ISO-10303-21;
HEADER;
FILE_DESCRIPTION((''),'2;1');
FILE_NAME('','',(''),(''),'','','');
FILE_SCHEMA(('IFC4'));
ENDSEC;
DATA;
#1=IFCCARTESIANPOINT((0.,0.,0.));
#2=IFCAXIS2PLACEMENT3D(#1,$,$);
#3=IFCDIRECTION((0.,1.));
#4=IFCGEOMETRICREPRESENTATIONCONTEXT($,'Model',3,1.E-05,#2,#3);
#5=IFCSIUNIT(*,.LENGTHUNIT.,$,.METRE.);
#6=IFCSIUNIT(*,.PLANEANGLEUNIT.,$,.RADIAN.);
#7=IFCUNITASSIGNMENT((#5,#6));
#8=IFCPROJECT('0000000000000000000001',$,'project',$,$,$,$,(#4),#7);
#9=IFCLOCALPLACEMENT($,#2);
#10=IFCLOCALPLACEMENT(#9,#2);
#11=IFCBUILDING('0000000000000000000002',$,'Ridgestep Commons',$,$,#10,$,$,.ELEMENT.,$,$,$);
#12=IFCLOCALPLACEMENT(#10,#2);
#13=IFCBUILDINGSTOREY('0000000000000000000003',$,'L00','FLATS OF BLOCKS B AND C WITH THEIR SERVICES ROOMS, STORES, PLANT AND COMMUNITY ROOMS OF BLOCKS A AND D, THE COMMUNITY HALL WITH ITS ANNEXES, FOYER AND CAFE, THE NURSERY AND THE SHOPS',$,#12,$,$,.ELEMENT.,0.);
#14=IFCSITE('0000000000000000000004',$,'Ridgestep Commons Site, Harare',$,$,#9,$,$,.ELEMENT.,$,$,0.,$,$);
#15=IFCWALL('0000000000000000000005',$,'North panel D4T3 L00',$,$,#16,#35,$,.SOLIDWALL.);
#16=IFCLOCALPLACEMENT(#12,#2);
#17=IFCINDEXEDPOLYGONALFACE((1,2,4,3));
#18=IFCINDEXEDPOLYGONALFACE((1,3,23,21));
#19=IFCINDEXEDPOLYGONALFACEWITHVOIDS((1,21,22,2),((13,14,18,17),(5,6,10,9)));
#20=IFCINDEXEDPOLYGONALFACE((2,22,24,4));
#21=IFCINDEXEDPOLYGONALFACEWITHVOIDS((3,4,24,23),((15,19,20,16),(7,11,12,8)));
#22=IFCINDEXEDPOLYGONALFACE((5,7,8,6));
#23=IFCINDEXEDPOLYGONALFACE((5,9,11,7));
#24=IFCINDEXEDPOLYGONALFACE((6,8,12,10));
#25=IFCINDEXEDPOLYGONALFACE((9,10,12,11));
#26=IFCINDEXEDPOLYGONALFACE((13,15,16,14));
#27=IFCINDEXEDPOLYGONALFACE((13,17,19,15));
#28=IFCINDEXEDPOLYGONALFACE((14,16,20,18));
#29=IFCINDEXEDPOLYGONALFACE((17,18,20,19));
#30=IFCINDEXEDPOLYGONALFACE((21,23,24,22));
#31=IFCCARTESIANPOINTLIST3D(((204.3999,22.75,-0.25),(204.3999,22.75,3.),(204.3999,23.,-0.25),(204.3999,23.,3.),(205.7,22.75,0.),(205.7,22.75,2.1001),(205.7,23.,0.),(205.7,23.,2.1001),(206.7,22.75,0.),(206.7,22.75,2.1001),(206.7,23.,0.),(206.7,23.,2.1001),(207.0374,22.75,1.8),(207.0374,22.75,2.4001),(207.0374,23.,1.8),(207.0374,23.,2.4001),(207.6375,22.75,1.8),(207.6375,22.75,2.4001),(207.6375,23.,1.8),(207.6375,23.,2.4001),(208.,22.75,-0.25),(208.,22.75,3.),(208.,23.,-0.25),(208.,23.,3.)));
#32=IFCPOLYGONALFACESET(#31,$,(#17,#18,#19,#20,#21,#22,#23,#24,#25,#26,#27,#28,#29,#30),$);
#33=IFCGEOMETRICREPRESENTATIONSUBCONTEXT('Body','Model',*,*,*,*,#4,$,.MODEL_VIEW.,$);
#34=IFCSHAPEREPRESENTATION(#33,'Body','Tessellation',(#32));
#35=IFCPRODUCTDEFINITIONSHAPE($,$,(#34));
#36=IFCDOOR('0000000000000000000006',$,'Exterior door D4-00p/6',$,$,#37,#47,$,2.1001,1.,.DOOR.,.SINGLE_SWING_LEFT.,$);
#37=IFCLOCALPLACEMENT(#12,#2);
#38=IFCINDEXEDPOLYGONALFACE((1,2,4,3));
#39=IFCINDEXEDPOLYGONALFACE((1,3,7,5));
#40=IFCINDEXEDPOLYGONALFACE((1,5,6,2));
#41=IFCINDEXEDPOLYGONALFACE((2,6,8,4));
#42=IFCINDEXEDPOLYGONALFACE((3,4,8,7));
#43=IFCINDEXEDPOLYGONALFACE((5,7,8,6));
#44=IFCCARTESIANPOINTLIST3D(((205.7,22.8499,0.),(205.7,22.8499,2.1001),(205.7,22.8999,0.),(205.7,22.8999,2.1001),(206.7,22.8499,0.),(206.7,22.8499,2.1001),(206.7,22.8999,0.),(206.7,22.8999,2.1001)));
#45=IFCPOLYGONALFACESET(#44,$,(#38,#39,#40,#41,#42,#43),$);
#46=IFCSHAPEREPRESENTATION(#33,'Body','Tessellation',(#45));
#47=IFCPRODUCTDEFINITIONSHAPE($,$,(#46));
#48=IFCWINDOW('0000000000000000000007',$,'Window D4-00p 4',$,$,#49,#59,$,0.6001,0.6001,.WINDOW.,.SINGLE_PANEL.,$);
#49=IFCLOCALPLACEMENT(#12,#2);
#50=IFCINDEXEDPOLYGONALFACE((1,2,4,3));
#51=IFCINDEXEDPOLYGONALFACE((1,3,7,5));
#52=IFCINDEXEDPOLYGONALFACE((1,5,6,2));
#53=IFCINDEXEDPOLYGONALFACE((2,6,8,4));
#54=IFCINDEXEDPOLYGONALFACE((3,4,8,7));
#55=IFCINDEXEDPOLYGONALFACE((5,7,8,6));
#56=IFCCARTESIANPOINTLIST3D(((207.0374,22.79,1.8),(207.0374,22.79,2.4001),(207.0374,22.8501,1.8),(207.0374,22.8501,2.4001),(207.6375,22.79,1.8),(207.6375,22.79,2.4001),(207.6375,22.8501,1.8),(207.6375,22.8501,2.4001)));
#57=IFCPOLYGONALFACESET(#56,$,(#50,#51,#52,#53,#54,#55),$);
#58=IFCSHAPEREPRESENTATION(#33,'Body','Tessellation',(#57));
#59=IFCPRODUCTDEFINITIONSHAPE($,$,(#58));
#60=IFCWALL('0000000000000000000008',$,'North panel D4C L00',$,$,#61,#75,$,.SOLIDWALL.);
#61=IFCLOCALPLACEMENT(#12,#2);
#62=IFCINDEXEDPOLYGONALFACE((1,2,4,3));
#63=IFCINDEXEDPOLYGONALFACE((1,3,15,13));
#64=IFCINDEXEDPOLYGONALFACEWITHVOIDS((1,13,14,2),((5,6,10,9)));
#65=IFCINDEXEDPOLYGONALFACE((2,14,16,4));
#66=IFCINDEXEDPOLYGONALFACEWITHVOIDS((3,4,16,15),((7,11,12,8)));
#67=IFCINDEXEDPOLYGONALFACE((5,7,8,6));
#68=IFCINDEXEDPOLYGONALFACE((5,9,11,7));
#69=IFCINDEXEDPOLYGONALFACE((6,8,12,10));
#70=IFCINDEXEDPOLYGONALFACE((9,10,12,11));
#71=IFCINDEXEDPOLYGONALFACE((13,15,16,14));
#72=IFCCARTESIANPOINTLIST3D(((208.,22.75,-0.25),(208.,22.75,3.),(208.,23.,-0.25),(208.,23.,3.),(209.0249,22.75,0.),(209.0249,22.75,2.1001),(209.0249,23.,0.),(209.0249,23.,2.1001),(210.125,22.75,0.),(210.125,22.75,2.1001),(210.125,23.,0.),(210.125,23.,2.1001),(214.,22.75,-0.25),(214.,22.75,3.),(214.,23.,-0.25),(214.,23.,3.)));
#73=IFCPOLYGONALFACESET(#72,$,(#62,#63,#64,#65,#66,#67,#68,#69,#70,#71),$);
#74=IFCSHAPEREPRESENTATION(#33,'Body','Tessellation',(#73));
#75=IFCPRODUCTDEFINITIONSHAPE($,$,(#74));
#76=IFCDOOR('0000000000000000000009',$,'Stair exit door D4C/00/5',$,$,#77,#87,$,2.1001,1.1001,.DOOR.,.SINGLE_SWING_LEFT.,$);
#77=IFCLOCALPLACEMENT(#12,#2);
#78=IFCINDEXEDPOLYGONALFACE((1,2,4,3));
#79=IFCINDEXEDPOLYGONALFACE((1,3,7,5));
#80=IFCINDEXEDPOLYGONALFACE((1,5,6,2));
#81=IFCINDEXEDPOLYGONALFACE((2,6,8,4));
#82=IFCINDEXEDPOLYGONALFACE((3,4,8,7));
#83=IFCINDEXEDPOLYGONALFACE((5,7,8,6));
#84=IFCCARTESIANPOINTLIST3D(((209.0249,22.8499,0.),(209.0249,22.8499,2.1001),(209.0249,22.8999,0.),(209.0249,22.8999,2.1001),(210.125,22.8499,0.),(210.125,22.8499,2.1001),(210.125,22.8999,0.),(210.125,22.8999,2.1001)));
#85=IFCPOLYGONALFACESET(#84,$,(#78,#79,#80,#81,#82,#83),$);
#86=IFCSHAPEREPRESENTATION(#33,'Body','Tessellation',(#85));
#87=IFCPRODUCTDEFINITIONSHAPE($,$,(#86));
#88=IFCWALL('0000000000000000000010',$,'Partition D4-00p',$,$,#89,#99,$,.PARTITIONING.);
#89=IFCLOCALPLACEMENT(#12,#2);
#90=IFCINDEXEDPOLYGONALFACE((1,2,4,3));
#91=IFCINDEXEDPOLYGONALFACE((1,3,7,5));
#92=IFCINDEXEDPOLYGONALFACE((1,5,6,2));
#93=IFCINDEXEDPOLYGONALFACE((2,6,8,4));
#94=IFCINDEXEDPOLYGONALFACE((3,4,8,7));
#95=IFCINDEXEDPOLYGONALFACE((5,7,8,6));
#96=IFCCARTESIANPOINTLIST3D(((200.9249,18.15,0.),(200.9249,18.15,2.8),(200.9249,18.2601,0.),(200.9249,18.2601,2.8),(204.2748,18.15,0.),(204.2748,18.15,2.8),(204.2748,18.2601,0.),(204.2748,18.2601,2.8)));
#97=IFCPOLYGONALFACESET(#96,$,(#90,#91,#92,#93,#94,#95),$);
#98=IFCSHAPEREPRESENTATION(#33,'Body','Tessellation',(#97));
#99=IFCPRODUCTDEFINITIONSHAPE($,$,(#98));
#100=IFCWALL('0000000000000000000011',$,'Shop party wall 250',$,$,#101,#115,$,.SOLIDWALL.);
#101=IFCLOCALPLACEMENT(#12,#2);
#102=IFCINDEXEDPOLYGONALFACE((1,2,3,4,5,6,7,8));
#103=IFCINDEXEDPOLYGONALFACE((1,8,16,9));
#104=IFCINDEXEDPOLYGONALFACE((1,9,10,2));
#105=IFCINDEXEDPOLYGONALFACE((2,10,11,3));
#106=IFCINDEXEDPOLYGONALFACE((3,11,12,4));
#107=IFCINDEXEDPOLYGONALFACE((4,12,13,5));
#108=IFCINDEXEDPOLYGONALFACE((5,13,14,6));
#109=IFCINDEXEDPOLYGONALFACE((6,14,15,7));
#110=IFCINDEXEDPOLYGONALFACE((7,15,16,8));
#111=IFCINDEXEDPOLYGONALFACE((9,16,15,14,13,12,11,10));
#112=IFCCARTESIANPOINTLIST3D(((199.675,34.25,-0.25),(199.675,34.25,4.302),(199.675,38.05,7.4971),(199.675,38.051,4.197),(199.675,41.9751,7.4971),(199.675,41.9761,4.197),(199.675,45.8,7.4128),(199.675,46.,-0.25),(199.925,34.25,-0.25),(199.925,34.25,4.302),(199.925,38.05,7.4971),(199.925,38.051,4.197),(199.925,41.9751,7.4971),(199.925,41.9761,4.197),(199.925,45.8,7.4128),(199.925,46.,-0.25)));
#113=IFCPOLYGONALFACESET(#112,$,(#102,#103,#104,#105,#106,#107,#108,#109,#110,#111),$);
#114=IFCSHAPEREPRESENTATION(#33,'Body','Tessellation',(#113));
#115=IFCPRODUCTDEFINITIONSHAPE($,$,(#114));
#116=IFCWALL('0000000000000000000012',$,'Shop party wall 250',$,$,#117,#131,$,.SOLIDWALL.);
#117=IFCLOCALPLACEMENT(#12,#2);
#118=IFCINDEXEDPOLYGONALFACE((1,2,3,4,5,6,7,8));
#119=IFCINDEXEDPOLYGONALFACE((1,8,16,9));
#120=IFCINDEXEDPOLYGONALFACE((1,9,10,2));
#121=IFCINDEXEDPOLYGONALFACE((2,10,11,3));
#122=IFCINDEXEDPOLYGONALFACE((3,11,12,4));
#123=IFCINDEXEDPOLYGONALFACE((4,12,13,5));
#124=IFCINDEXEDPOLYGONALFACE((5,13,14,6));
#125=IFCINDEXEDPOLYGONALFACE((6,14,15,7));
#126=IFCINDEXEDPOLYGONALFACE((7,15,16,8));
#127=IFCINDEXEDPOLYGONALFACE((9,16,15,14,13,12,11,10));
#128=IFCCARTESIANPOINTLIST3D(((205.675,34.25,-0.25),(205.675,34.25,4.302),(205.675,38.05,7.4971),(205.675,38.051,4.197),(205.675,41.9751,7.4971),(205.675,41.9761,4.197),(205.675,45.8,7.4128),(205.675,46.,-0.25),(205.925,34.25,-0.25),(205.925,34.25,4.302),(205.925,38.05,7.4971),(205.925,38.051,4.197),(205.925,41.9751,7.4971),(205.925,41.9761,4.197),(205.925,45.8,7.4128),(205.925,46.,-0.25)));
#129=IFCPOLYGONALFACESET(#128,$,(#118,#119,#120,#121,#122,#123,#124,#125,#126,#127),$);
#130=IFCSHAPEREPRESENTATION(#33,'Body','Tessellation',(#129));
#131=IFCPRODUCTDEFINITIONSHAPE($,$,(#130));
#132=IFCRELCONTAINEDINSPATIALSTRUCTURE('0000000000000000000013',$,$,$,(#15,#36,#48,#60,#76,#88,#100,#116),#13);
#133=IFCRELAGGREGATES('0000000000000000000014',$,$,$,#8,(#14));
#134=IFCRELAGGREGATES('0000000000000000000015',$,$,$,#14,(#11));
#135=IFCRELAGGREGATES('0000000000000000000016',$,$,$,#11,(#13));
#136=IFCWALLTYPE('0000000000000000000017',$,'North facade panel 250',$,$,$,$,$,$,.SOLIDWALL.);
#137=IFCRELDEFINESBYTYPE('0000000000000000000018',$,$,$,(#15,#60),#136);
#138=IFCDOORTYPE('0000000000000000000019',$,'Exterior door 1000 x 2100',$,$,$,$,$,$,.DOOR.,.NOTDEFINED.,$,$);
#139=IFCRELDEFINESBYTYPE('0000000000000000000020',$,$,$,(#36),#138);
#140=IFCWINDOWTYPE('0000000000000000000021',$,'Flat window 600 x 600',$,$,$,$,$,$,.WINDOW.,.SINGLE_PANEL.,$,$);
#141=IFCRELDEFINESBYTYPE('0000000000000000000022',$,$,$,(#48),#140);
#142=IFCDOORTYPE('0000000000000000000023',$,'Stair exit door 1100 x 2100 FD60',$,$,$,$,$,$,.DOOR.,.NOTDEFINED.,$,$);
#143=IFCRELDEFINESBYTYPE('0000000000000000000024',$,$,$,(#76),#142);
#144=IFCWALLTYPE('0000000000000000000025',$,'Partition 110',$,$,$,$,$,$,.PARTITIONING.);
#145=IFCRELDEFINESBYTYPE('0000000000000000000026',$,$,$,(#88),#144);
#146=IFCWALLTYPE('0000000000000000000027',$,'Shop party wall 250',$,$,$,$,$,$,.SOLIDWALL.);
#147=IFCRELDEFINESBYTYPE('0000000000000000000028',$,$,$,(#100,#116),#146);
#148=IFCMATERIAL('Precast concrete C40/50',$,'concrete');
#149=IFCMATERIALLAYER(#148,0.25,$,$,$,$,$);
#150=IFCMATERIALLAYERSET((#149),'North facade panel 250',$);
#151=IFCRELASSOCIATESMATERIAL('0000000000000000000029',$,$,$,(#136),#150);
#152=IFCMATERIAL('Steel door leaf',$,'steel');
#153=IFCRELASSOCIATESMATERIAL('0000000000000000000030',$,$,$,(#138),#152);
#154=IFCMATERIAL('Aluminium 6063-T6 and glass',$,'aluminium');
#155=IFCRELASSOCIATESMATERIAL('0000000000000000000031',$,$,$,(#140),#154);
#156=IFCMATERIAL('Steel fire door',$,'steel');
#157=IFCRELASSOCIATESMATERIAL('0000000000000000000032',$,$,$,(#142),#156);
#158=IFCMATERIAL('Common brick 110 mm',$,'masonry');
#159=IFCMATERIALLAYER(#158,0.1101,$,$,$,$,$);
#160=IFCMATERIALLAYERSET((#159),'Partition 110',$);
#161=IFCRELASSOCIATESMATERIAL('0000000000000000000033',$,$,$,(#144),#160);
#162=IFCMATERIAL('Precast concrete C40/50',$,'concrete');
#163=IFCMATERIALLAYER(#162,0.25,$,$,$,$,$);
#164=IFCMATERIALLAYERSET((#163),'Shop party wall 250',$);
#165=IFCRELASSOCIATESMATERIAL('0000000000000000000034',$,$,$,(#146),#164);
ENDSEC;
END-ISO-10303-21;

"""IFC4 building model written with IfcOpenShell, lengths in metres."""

from ifc_helpers import new_model, si_unit, direction, frame, frame_2d, origin, place, context, subcontext, project, spatial, polyline, rectangle, outline, extrude, material, layer, layer_set, type_object, element, fill, save


model = new_model("IFC4")

# Units and contexts
model_context = context("Model", 3, precision=1e-05, world=origin(), true_north=direction((0.0, 1.0)))
body_context = subcontext(model_context, "Body", "Model", "MODEL_VIEW")
ifc_project = project(units=[si_unit("LENGTHUNIT", "METRE"), si_unit("PLANEANGLEUNIT", "RADIAN")], contexts=[model_context])

# Site, building, storey
site_placement = place(None, origin())
site = spatial("IfcSite", under=ifc_project, at=site_placement, Name="Ridgestep Commons Site, Harare", CompositionType="ELEMENT", RefElevation=0.0)
building_placement = place(site_placement, origin())
building = spatial("IfcBuilding", under=site, at=building_placement, Name="Ridgestep Commons", CompositionType="ELEMENT")
storey_placement = place(building_placement, origin())
storey = spatial("IfcBuildingStorey", under=building, at=storey_placement, Name="L00", Description="FLATS OF BLOCKS B AND C WITH THEIR SERVICES ROOMS, STORES, PLANT AND COMMUNITY ROOMS OF BLOCKS A AND D, THE COMMUNITY HALL WITH ITS ANNEXES, FOYER AND CAFE, THE NURSERY AND THE SHOPS", CompositionType="ELEMENT", Elevation=0.0)

# Shared definitions
ifc_material_1 = material(Name="Precast concrete C40/50", Category="concrete")
ifc_layer_1 = layer(ifc_material_1, 0.25)
ifc_layer_set_1 = layer_set([ifc_layer_1], Name="North facade panel 250")
wall_type_1 = type_object("IfcWallType", Name="North facade panel 250", PredefinedType="SOLIDWALL", material=ifc_layer_set_1)
ifc_material_2 = material(Name="Steel door leaf", Category="steel")
door_type_1 = type_object("IfcDoorType", Name="Exterior door 1000 x 2100", OperationType="NOTDEFINED", PredefinedType="DOOR", material=ifc_material_2)
ifc_material_3 = material(Name="Aluminium 6063-T6 and glass", Category="aluminium")
window_type = type_object("IfcWindowType", Name="Flat window 600 x 600", PartitioningType="SINGLE_PANEL", PredefinedType="WINDOW", material=ifc_material_3)

# Wall, openings, door, window
wall_1_placement = place(storey_placement, frame((204.3999, 22.875, -0.25), z_axis=(0.0, 0.0, 1.0), x_axis=(1.0, 0.0, 0.0)))
wall_1 = element("IfcWall", 1, at=wall_1_placement, inside=storey, type_object=wall_type_1, Name="North panel D4T3 L00", PredefinedType="SOLIDWALL", context=body_context, shape_type="SweptSolid", body=[
    extrude(rectangle(XDim=3.6001, YDim=0.25, at=frame_2d((1.8, 0.0))), origin(), (0.0, 0.0, 1.0), 3.25),
])
opening_1_placement = place(wall_1_placement, frame((2.6375, 0.0, 2.05)))
opening_1 = element("IfcOpeningElement", 2, at=opening_1_placement, cuts=wall_1, PredefinedType="OPENING", context=body_context, shape_type="SweptSolid", body=[
    extrude(rectangle(XDim=0.6001, YDim=0.6001, at=frame_2d((0.3, 0.3))), frame((0.0, 0.135, 0.0), z_axis=(0.0, -1.0, 0.0), x_axis=(1.0, 0.0, 0.0)), (0.0, 0.0, 1.0), 0.27),
])
opening_2_placement = place(wall_1_placement, frame((1.3, 0.0, 0.25)))
opening_2 = element("IfcOpeningElement", 3, at=opening_2_placement, cuts=wall_1, PredefinedType="OPENING", context=body_context, shape_type="SweptSolid", body=[
    extrude(rectangle(XDim=1.0, YDim=2.1001, at=frame_2d((0.5, 1.05))), frame((0.0, 0.135, 0.0), z_axis=(0.0, -1.0, 0.0), x_axis=(1.0, 0.0, 0.0)), (0.0, 0.0, 1.0), 0.27),
])
door_1_placement = place(opening_2_placement, origin())
door_1 = element("IfcDoor", 4, at=door_1_placement, inside=storey, type_object=door_type_1, Name="Exterior door D4-00p/6", OperationType="SINGLE_SWING_LEFT", OverallHeight=2.1001, OverallWidth=1.0, PredefinedType="DOOR", context=body_context, shape_type="SweptSolid", body=[
    extrude(rectangle(XDim=1.0, YDim=2.1001, at=frame_2d((0.5, 1.05))), frame((0.0, 0.0249, 0.0), z_axis=(0.0, -1.0, 0.0), x_axis=(1.0, 0.0, 0.0)), (0.0, 0.0, 1.0), 0.05),
])
fill(opening_2, door_1)
window_1_placement = place(opening_1_placement, origin())
window_1 = element("IfcWindow", 5, at=window_1_placement, inside=storey, type_object=window_type, Name="Window D4-00p 4", OverallHeight=0.6001, OverallWidth=0.6001, PartitioningType="SINGLE_PANEL", PredefinedType="WINDOW", context=body_context, shape_type="SweptSolid", body=[
    extrude(rectangle(XDim=0.6001, YDim=0.6001, at=frame_2d((0.3, 0.3))), frame((0.0, -0.0249, 0.0), z_axis=(0.0, -1.0, 0.0), x_axis=(1.0, 0.0, 0.0)), (0.0, 0.0, 1.0), 0.0601),
])
fill(opening_1, window_1)

# Wall, opening, door
wall_2_placement = place(storey_placement, frame((208.0, 22.875, -0.25), z_axis=(0.0, 0.0, 1.0), x_axis=(1.0, 0.0, 0.0)))
wall_2 = element("IfcWall", 6, at=wall_2_placement, inside=storey, type_object=wall_type_1, Name="North panel D4C L00", PredefinedType="SOLIDWALL", context=body_context, shape_type="SweptSolid", body=[
    extrude(rectangle(XDim=6.0, YDim=0.25, at=frame_2d((3.0, 0.0))), origin(), (0.0, 0.0, 1.0), 3.25),
])
opening_3_placement = place(wall_2_placement, frame((1.0249, 0.0, 0.25)))
opening_3 = element("IfcOpeningElement", 7, at=opening_3_placement, cuts=wall_2, PredefinedType="OPENING", context=body_context, shape_type="SweptSolid", body=[
    extrude(rectangle(XDim=1.1001, YDim=2.1001, at=frame_2d((0.55, 1.05))), frame((0.0, 0.135, 0.0), z_axis=(0.0, -1.0, 0.0), x_axis=(1.0, 0.0, 0.0)), (0.0, 0.0, 1.0), 0.27),
])
ifc_material_4 = material(Name="Steel fire door", Category="steel")
door_type_2 = type_object("IfcDoorType", Name="Stair exit door 1100 x 2100 FD60", OperationType="NOTDEFINED", PredefinedType="DOOR", material=ifc_material_4)
door_2_placement = place(opening_3_placement, origin())
door_2 = element("IfcDoor", 8, at=door_2_placement, inside=storey, type_object=door_type_2, Name="Stair exit door D4C/00/5", OperationType="SINGLE_SWING_LEFT", OverallHeight=2.1001, OverallWidth=1.1001, PredefinedType="DOOR", context=body_context, shape_type="SweptSolid", body=[
    extrude(rectangle(XDim=1.1001, YDim=2.1001, at=frame_2d((0.55, 1.05))), frame((0.0, 0.0249, 0.0), z_axis=(0.0, -1.0, 0.0), x_axis=(1.0, 0.0, 0.0)), (0.0, 0.0, 1.0), 0.05),
])
fill(opening_3, door_2)

# Walls
ifc_material_5 = material(Name="Common brick 110 mm", Category="masonry")
ifc_layer_2 = layer(ifc_material_5, 0.1101)
ifc_layer_set_2 = layer_set([ifc_layer_2], Name="Partition 110")
wall_type_2 = type_object("IfcWallType", Name="Partition 110", PredefinedType="PARTITIONING", material=ifc_layer_set_2)
wall_3_placement = place(storey_placement, frame((200.925, 18.2051, 0.0), z_axis=(0.0, 0.0, 1.0), x_axis=(1.0, 0.0, 0.0)))
element("IfcWall", 9, at=wall_3_placement, inside=storey, type_object=wall_type_2, Name="Partition D4-00p", PredefinedType="PARTITIONING", context=body_context, shape_type="SweptSolid", body=[
    extrude(rectangle(XDim=3.3499, YDim=0.1101, at=frame_2d((1.6748, 0.0))), origin(), (0.0, 0.0, 1.0), 2.8),
])
ifc_material_6 = material(Name="Precast concrete C40/50", Category="concrete")
ifc_layer_3 = layer(ifc_material_6, 0.25)
ifc_layer_set_3 = layer_set([ifc_layer_3], Name="Shop party wall 250")
wall_type_3 = type_object("IfcWallType", Name="Shop party wall 250", PredefinedType="SOLIDWALL", material=ifc_layer_set_3)
for number, where, z_axis, x_axis, name in (
    (10, (199.8, 34.25, -0.25), (0.0, 0.0, 1.0), (0.0, 1.0, 0.0), "Shop party wall 250"),
    (11, (205.8, 34.25, -0.25), (0.0, 0.0, 1.0), (0.0, 1.0, 0.0), "Shop party wall 250"),
):
    element("IfcWall", number, at=place(storey_placement, frame(where, z_axis=z_axis, x_axis=x_axis)), inside=storey, type_object=wall_type_3, Name=name, PredefinedType="SOLIDWALL", context=body_context, shape_type="SweptSolid", body=[
        extrude(outline(polyline([(0.0, 0.0), (11.75, 0.0), (11.55, 7.6628), (7.7261, 4.447), (7.7251, 7.7471), (3.801, 4.447), (3.8, 7.7471), (0.0, 4.552), (0.0, 0.0)])), frame((0.0, 0.125, 0.0), z_axis=(0.0, -1.0, 0.0), x_axis=(1.0, 0.0, 0.0)), (0.0, 0.0, 1.0), 0.25),
    ])

save(model, "model.ifc")
